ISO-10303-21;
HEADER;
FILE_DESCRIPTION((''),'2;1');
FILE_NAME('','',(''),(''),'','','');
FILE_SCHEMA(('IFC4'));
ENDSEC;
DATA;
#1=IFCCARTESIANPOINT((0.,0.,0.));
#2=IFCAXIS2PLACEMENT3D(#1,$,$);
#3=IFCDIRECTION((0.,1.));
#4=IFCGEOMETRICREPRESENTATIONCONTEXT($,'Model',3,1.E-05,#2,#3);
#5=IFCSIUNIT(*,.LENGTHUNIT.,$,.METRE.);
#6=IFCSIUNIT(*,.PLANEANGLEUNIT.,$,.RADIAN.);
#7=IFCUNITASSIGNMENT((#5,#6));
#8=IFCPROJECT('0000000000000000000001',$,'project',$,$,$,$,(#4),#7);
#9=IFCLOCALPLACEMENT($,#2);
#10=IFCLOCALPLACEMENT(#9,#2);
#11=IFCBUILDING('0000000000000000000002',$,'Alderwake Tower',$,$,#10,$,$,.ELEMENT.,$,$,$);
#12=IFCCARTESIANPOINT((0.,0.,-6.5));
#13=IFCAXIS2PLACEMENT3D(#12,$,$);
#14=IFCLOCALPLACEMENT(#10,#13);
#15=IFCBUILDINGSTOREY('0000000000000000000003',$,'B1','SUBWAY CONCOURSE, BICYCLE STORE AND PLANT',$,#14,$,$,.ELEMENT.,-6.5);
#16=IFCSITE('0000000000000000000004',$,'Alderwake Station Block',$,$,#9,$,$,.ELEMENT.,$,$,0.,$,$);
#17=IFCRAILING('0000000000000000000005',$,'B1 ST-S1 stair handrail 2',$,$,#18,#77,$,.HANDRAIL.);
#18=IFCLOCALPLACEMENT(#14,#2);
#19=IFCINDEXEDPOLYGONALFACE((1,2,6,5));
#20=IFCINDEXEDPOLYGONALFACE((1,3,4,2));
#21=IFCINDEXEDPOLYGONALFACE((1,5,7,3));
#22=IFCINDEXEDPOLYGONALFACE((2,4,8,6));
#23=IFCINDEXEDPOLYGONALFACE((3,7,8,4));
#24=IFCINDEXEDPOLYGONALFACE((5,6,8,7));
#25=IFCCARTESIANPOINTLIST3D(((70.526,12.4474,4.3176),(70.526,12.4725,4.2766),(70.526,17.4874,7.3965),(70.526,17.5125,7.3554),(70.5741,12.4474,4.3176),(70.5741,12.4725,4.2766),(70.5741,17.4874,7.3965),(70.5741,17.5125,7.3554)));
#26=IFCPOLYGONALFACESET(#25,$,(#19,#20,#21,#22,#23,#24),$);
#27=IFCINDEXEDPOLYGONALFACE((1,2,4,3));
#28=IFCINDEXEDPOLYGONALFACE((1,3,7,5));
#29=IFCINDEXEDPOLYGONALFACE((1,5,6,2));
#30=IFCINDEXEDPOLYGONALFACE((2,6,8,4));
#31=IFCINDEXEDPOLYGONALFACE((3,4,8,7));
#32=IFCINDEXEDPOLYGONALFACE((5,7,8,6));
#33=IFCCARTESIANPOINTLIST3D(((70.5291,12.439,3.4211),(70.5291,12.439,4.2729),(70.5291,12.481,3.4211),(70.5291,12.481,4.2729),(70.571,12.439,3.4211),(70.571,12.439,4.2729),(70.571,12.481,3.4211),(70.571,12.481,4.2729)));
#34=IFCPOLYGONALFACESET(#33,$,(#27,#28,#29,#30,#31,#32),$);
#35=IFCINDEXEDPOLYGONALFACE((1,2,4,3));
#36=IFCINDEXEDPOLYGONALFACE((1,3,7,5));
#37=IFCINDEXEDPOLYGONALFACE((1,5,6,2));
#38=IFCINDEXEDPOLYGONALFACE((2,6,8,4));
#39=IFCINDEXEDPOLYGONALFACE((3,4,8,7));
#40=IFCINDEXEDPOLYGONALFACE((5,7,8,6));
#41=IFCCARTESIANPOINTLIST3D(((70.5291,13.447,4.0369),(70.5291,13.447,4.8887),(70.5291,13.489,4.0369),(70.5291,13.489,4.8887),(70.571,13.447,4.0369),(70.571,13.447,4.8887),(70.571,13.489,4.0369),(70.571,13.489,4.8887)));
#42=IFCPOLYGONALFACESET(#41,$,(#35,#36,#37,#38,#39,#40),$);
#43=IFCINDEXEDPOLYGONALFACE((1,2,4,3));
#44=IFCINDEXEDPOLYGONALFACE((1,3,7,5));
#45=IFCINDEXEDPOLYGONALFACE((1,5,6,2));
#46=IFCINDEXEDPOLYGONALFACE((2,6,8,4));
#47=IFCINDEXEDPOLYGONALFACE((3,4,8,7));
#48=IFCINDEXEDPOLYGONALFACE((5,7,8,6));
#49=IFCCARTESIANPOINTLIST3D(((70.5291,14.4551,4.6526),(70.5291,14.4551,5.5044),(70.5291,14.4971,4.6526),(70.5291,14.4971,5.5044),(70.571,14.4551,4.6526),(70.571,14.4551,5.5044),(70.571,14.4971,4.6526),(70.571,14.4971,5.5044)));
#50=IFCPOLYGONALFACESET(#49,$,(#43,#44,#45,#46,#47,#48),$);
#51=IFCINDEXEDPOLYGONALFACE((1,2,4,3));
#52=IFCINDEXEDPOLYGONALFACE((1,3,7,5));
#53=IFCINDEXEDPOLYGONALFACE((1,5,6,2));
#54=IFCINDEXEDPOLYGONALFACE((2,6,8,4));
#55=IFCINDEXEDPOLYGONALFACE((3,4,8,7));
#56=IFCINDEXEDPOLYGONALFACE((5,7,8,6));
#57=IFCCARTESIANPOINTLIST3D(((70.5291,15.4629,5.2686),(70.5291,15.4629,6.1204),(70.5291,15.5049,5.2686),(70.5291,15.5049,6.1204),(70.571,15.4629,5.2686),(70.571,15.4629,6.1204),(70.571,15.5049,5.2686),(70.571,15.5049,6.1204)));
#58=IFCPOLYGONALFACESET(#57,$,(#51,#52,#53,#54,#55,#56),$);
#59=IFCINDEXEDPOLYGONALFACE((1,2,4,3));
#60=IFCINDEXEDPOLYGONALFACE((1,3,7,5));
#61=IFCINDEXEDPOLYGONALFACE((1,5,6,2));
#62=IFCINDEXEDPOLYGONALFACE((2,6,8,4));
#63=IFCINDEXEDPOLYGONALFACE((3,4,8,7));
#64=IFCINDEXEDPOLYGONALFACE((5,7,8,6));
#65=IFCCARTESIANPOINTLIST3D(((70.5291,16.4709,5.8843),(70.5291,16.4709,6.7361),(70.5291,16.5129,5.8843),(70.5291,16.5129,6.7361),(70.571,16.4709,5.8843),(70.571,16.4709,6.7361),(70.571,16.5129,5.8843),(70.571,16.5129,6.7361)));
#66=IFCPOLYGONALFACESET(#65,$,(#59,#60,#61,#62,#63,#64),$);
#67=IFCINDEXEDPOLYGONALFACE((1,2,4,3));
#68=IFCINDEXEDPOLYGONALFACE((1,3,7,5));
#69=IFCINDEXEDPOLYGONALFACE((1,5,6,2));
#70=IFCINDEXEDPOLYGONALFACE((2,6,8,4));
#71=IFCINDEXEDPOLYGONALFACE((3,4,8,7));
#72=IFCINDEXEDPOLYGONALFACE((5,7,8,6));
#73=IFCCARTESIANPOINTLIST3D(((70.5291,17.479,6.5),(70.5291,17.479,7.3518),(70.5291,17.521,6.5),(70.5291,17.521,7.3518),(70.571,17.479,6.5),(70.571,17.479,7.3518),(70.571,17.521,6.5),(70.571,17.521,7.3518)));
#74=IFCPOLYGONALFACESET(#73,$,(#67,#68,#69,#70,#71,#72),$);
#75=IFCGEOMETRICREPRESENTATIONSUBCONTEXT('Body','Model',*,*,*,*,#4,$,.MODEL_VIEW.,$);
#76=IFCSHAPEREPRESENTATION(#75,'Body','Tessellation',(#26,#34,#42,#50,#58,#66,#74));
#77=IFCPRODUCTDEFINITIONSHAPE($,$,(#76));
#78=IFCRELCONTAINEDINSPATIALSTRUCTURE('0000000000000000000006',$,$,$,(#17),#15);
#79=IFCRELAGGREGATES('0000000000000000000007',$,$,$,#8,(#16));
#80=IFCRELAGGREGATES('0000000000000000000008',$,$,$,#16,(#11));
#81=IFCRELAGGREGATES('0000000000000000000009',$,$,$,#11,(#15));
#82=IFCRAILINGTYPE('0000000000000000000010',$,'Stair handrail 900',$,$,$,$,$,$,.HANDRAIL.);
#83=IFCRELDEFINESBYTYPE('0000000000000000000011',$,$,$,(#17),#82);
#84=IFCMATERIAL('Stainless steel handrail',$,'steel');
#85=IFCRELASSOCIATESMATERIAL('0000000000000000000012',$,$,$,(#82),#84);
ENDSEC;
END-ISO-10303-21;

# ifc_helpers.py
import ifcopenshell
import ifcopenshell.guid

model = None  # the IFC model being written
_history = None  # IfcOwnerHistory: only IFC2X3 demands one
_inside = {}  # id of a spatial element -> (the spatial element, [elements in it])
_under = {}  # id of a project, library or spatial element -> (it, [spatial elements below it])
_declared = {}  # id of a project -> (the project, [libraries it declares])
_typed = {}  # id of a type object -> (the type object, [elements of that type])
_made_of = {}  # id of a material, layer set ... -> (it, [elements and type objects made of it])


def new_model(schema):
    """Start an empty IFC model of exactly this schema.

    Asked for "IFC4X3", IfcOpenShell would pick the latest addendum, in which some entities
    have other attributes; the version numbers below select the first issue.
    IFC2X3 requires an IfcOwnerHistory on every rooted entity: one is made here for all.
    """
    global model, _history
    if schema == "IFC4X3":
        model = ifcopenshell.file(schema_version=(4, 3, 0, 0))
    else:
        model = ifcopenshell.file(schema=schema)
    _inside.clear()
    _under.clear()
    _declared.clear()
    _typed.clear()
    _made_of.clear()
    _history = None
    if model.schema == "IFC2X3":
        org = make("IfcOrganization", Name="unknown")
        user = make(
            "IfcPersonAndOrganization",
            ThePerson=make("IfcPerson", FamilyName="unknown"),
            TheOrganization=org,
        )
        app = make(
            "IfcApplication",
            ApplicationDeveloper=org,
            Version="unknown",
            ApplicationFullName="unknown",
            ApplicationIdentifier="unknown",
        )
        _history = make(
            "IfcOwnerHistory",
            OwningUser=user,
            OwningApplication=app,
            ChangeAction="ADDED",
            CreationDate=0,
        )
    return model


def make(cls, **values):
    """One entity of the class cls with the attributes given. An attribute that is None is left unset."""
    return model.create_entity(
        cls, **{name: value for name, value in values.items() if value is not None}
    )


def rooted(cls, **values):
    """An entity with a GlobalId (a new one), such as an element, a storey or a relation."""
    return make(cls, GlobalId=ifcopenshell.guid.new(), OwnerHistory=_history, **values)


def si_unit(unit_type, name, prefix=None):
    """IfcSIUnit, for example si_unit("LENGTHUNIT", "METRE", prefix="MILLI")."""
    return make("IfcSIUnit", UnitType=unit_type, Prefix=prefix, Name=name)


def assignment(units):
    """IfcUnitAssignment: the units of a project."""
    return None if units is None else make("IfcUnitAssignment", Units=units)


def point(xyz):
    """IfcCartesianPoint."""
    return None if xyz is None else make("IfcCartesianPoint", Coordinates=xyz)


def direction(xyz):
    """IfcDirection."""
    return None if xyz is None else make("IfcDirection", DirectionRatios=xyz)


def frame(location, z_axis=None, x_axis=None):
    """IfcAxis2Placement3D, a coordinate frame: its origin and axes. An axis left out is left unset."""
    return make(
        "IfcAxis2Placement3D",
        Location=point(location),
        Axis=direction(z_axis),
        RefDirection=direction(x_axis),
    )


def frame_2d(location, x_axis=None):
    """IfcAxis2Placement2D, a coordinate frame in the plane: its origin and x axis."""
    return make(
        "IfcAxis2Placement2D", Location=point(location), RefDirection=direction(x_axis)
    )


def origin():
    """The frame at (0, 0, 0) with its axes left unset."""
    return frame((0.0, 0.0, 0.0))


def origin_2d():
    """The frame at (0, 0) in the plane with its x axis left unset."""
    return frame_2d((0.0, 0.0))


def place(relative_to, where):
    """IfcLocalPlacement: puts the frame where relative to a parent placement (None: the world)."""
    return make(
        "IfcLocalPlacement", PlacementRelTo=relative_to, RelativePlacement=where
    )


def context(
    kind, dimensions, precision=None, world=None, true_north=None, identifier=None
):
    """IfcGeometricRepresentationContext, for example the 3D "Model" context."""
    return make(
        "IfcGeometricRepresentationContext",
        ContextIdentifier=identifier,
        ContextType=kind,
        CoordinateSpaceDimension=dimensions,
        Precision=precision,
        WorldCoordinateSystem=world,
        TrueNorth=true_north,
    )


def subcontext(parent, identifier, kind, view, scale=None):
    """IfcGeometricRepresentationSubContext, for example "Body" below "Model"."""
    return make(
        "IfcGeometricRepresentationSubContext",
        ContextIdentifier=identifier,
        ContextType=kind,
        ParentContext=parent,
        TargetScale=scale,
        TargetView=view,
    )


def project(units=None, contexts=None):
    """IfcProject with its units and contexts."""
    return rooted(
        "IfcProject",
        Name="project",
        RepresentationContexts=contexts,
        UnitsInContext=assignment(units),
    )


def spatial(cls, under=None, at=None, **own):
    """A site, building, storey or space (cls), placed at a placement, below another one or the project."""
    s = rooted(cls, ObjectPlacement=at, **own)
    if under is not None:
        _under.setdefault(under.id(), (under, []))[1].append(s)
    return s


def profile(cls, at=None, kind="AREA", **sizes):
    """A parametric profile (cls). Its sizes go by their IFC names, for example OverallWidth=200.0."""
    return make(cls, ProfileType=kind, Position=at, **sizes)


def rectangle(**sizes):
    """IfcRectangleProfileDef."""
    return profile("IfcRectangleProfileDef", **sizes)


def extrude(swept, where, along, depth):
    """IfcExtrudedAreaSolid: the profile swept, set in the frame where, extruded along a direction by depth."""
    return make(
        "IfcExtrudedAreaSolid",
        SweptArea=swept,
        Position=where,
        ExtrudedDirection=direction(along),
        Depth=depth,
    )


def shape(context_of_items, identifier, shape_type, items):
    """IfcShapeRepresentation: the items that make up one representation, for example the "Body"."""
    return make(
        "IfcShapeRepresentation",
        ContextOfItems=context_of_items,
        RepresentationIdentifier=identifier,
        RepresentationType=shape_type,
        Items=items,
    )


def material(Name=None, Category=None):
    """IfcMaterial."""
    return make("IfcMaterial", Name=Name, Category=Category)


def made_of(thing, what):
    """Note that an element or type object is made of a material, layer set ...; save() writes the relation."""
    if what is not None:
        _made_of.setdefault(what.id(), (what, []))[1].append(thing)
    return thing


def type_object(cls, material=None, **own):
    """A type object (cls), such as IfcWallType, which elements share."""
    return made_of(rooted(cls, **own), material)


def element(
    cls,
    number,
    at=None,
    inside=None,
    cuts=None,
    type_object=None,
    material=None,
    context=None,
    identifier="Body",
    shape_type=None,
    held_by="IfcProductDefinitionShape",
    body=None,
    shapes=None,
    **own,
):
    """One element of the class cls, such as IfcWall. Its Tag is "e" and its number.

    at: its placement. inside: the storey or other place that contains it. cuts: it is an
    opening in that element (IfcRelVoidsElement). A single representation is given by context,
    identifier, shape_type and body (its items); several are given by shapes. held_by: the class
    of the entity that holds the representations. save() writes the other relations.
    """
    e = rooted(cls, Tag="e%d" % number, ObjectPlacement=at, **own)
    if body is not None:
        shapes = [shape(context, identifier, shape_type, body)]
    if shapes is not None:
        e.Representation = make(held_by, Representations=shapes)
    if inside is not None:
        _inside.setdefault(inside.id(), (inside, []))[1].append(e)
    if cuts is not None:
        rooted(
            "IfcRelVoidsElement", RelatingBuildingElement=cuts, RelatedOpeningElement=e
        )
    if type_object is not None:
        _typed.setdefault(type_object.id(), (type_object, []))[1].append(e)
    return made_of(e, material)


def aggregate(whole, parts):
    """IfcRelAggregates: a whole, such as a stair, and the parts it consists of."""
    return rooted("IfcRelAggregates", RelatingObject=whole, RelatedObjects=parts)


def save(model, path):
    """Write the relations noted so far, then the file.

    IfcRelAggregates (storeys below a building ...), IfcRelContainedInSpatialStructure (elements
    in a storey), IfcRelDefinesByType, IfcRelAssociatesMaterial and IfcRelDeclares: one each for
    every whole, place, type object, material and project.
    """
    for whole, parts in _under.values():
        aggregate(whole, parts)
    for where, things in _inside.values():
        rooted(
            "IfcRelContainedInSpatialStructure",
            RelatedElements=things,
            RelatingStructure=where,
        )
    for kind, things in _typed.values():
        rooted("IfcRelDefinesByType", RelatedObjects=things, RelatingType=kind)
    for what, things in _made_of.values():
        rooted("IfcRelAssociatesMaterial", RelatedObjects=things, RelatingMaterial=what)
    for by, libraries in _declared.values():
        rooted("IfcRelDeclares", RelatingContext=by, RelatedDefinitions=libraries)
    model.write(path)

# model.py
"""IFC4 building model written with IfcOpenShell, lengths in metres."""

from ifc_helpers import new_model, si_unit, direction, frame, origin, origin_2d, place, context, subcontext, project, spatial, rectangle, extrude, material, type_object, element, save


model = new_model("IFC4")

# Units and contexts
model_context = context("Model", 3, precision=1e-05, world=origin(), true_north=direction((0.0, 1.0)))
body_context = subcontext(model_context, "Body", "Model", "MODEL_VIEW")
ifc_project = project(units=[si_unit("LENGTHUNIT", "METRE"), si_unit("PLANEANGLEUNIT", "RADIAN")], contexts=[model_context])

# Site, building, storey
site_placement = place(None, origin())
site = spatial("IfcSite", under=ifc_project, at=site_placement, Name="Alderwake Station Block", CompositionType="ELEMENT", RefElevation=0.0)
building_placement = place(site_placement, origin())
building = spatial("IfcBuilding", under=site, at=building_placement, Name="Alderwake Tower", CompositionType="ELEMENT")
storey_placement = place(building_placement, frame((0.0, 0.0, -6.5)))
storey = spatial("IfcBuildingStorey", under=building, at=storey_placement, Name="B1", Description="SUBWAY CONCOURSE, BICYCLE STORE AND PLANT", CompositionType="ELEMENT", Elevation=-6.5)

# Railing
ifc_material_1 = material(Name="Stainless steel handrail", Category="steel")
railing_type_1 = type_object("IfcRailingType", Name="Stair handrail 900", PredefinedType="HANDRAIL", material=ifc_material_1)
railing_1_placement = place(storey_placement, frame((70.55, 12.46, 3.4211)))
element("IfcRailing", 1, at=railing_1_placement, inside=storey, type_object=railing_type_1, Name="B1 ST-S1 stair handrail 2", PredefinedType="HANDRAIL", context=body_context, shape_type="SweptSolid", body=[
    extrude(rectangle(XDim=0.0481, YDim=0.0481, at=origin_2d()), frame((0.0, 0.0, 0.876), z_axis=(0.0, 0.85337, 0.521306), x_axis=(-1.0, 0.0, 0.0)), (0.0, 0.0, 1.0), 5.906),
    extrude(rectangle(XDim=0.042, YDim=0.042, at=origin_2d()), frame((0.0, 0.0, 0.0), z_axis=(0.0, 0.0, 1.0), x_axis=(0.0, 1.0, 0.0)), (0.0, 0.0, 1.0), 0.8518),
    extrude(rectangle(XDim=0.042, YDim=0.042, at=origin_2d()), frame((0.0, 1.0081, 0.6157), z_axis=(0.0, 0.0, 1.0), x_axis=(0.0, 1.0, 0.0)), (0.0, 0.0, 1.0), 0.8518),
    extrude(rectangle(XDim=0.042, YDim=0.042, at=origin_2d()), frame((0.0, 2.0161, 1.2314), z_axis=(0.0, 0.0, 1.0), x_axis=(0.0, 1.0, 0.0)), (0.0, 0.0, 1.0), 0.8518),
    extrude(rectangle(XDim=0.042, YDim=0.042, at=origin_2d()), frame((0.0, 3.0239, 1.8474), z_axis=(0.0, 0.0, 1.0), x_axis=(0.0, 1.0, 0.0)), (0.0, 0.0, 1.0), 0.8518),
    extrude(rectangle(XDim=0.042, YDim=0.042, at=origin_2d()), frame((0.0, 4.032, 2.4631), z_axis=(0.0, 0.0, 1.0), x_axis=(0.0, 1.0, 0.0)), (0.0, 0.0, 1.0), 0.8518),
    extrude(rectangle(XDim=0.042, YDim=0.042, at=origin_2d()), frame((0.0, 5.04, 3.0789), z_axis=(0.0, 0.0, 1.0), x_axis=(0.0, 1.0, 0.0)), (0.0, 0.0, 1.0), 0.8518),
])

save(model, "model.ifc")
